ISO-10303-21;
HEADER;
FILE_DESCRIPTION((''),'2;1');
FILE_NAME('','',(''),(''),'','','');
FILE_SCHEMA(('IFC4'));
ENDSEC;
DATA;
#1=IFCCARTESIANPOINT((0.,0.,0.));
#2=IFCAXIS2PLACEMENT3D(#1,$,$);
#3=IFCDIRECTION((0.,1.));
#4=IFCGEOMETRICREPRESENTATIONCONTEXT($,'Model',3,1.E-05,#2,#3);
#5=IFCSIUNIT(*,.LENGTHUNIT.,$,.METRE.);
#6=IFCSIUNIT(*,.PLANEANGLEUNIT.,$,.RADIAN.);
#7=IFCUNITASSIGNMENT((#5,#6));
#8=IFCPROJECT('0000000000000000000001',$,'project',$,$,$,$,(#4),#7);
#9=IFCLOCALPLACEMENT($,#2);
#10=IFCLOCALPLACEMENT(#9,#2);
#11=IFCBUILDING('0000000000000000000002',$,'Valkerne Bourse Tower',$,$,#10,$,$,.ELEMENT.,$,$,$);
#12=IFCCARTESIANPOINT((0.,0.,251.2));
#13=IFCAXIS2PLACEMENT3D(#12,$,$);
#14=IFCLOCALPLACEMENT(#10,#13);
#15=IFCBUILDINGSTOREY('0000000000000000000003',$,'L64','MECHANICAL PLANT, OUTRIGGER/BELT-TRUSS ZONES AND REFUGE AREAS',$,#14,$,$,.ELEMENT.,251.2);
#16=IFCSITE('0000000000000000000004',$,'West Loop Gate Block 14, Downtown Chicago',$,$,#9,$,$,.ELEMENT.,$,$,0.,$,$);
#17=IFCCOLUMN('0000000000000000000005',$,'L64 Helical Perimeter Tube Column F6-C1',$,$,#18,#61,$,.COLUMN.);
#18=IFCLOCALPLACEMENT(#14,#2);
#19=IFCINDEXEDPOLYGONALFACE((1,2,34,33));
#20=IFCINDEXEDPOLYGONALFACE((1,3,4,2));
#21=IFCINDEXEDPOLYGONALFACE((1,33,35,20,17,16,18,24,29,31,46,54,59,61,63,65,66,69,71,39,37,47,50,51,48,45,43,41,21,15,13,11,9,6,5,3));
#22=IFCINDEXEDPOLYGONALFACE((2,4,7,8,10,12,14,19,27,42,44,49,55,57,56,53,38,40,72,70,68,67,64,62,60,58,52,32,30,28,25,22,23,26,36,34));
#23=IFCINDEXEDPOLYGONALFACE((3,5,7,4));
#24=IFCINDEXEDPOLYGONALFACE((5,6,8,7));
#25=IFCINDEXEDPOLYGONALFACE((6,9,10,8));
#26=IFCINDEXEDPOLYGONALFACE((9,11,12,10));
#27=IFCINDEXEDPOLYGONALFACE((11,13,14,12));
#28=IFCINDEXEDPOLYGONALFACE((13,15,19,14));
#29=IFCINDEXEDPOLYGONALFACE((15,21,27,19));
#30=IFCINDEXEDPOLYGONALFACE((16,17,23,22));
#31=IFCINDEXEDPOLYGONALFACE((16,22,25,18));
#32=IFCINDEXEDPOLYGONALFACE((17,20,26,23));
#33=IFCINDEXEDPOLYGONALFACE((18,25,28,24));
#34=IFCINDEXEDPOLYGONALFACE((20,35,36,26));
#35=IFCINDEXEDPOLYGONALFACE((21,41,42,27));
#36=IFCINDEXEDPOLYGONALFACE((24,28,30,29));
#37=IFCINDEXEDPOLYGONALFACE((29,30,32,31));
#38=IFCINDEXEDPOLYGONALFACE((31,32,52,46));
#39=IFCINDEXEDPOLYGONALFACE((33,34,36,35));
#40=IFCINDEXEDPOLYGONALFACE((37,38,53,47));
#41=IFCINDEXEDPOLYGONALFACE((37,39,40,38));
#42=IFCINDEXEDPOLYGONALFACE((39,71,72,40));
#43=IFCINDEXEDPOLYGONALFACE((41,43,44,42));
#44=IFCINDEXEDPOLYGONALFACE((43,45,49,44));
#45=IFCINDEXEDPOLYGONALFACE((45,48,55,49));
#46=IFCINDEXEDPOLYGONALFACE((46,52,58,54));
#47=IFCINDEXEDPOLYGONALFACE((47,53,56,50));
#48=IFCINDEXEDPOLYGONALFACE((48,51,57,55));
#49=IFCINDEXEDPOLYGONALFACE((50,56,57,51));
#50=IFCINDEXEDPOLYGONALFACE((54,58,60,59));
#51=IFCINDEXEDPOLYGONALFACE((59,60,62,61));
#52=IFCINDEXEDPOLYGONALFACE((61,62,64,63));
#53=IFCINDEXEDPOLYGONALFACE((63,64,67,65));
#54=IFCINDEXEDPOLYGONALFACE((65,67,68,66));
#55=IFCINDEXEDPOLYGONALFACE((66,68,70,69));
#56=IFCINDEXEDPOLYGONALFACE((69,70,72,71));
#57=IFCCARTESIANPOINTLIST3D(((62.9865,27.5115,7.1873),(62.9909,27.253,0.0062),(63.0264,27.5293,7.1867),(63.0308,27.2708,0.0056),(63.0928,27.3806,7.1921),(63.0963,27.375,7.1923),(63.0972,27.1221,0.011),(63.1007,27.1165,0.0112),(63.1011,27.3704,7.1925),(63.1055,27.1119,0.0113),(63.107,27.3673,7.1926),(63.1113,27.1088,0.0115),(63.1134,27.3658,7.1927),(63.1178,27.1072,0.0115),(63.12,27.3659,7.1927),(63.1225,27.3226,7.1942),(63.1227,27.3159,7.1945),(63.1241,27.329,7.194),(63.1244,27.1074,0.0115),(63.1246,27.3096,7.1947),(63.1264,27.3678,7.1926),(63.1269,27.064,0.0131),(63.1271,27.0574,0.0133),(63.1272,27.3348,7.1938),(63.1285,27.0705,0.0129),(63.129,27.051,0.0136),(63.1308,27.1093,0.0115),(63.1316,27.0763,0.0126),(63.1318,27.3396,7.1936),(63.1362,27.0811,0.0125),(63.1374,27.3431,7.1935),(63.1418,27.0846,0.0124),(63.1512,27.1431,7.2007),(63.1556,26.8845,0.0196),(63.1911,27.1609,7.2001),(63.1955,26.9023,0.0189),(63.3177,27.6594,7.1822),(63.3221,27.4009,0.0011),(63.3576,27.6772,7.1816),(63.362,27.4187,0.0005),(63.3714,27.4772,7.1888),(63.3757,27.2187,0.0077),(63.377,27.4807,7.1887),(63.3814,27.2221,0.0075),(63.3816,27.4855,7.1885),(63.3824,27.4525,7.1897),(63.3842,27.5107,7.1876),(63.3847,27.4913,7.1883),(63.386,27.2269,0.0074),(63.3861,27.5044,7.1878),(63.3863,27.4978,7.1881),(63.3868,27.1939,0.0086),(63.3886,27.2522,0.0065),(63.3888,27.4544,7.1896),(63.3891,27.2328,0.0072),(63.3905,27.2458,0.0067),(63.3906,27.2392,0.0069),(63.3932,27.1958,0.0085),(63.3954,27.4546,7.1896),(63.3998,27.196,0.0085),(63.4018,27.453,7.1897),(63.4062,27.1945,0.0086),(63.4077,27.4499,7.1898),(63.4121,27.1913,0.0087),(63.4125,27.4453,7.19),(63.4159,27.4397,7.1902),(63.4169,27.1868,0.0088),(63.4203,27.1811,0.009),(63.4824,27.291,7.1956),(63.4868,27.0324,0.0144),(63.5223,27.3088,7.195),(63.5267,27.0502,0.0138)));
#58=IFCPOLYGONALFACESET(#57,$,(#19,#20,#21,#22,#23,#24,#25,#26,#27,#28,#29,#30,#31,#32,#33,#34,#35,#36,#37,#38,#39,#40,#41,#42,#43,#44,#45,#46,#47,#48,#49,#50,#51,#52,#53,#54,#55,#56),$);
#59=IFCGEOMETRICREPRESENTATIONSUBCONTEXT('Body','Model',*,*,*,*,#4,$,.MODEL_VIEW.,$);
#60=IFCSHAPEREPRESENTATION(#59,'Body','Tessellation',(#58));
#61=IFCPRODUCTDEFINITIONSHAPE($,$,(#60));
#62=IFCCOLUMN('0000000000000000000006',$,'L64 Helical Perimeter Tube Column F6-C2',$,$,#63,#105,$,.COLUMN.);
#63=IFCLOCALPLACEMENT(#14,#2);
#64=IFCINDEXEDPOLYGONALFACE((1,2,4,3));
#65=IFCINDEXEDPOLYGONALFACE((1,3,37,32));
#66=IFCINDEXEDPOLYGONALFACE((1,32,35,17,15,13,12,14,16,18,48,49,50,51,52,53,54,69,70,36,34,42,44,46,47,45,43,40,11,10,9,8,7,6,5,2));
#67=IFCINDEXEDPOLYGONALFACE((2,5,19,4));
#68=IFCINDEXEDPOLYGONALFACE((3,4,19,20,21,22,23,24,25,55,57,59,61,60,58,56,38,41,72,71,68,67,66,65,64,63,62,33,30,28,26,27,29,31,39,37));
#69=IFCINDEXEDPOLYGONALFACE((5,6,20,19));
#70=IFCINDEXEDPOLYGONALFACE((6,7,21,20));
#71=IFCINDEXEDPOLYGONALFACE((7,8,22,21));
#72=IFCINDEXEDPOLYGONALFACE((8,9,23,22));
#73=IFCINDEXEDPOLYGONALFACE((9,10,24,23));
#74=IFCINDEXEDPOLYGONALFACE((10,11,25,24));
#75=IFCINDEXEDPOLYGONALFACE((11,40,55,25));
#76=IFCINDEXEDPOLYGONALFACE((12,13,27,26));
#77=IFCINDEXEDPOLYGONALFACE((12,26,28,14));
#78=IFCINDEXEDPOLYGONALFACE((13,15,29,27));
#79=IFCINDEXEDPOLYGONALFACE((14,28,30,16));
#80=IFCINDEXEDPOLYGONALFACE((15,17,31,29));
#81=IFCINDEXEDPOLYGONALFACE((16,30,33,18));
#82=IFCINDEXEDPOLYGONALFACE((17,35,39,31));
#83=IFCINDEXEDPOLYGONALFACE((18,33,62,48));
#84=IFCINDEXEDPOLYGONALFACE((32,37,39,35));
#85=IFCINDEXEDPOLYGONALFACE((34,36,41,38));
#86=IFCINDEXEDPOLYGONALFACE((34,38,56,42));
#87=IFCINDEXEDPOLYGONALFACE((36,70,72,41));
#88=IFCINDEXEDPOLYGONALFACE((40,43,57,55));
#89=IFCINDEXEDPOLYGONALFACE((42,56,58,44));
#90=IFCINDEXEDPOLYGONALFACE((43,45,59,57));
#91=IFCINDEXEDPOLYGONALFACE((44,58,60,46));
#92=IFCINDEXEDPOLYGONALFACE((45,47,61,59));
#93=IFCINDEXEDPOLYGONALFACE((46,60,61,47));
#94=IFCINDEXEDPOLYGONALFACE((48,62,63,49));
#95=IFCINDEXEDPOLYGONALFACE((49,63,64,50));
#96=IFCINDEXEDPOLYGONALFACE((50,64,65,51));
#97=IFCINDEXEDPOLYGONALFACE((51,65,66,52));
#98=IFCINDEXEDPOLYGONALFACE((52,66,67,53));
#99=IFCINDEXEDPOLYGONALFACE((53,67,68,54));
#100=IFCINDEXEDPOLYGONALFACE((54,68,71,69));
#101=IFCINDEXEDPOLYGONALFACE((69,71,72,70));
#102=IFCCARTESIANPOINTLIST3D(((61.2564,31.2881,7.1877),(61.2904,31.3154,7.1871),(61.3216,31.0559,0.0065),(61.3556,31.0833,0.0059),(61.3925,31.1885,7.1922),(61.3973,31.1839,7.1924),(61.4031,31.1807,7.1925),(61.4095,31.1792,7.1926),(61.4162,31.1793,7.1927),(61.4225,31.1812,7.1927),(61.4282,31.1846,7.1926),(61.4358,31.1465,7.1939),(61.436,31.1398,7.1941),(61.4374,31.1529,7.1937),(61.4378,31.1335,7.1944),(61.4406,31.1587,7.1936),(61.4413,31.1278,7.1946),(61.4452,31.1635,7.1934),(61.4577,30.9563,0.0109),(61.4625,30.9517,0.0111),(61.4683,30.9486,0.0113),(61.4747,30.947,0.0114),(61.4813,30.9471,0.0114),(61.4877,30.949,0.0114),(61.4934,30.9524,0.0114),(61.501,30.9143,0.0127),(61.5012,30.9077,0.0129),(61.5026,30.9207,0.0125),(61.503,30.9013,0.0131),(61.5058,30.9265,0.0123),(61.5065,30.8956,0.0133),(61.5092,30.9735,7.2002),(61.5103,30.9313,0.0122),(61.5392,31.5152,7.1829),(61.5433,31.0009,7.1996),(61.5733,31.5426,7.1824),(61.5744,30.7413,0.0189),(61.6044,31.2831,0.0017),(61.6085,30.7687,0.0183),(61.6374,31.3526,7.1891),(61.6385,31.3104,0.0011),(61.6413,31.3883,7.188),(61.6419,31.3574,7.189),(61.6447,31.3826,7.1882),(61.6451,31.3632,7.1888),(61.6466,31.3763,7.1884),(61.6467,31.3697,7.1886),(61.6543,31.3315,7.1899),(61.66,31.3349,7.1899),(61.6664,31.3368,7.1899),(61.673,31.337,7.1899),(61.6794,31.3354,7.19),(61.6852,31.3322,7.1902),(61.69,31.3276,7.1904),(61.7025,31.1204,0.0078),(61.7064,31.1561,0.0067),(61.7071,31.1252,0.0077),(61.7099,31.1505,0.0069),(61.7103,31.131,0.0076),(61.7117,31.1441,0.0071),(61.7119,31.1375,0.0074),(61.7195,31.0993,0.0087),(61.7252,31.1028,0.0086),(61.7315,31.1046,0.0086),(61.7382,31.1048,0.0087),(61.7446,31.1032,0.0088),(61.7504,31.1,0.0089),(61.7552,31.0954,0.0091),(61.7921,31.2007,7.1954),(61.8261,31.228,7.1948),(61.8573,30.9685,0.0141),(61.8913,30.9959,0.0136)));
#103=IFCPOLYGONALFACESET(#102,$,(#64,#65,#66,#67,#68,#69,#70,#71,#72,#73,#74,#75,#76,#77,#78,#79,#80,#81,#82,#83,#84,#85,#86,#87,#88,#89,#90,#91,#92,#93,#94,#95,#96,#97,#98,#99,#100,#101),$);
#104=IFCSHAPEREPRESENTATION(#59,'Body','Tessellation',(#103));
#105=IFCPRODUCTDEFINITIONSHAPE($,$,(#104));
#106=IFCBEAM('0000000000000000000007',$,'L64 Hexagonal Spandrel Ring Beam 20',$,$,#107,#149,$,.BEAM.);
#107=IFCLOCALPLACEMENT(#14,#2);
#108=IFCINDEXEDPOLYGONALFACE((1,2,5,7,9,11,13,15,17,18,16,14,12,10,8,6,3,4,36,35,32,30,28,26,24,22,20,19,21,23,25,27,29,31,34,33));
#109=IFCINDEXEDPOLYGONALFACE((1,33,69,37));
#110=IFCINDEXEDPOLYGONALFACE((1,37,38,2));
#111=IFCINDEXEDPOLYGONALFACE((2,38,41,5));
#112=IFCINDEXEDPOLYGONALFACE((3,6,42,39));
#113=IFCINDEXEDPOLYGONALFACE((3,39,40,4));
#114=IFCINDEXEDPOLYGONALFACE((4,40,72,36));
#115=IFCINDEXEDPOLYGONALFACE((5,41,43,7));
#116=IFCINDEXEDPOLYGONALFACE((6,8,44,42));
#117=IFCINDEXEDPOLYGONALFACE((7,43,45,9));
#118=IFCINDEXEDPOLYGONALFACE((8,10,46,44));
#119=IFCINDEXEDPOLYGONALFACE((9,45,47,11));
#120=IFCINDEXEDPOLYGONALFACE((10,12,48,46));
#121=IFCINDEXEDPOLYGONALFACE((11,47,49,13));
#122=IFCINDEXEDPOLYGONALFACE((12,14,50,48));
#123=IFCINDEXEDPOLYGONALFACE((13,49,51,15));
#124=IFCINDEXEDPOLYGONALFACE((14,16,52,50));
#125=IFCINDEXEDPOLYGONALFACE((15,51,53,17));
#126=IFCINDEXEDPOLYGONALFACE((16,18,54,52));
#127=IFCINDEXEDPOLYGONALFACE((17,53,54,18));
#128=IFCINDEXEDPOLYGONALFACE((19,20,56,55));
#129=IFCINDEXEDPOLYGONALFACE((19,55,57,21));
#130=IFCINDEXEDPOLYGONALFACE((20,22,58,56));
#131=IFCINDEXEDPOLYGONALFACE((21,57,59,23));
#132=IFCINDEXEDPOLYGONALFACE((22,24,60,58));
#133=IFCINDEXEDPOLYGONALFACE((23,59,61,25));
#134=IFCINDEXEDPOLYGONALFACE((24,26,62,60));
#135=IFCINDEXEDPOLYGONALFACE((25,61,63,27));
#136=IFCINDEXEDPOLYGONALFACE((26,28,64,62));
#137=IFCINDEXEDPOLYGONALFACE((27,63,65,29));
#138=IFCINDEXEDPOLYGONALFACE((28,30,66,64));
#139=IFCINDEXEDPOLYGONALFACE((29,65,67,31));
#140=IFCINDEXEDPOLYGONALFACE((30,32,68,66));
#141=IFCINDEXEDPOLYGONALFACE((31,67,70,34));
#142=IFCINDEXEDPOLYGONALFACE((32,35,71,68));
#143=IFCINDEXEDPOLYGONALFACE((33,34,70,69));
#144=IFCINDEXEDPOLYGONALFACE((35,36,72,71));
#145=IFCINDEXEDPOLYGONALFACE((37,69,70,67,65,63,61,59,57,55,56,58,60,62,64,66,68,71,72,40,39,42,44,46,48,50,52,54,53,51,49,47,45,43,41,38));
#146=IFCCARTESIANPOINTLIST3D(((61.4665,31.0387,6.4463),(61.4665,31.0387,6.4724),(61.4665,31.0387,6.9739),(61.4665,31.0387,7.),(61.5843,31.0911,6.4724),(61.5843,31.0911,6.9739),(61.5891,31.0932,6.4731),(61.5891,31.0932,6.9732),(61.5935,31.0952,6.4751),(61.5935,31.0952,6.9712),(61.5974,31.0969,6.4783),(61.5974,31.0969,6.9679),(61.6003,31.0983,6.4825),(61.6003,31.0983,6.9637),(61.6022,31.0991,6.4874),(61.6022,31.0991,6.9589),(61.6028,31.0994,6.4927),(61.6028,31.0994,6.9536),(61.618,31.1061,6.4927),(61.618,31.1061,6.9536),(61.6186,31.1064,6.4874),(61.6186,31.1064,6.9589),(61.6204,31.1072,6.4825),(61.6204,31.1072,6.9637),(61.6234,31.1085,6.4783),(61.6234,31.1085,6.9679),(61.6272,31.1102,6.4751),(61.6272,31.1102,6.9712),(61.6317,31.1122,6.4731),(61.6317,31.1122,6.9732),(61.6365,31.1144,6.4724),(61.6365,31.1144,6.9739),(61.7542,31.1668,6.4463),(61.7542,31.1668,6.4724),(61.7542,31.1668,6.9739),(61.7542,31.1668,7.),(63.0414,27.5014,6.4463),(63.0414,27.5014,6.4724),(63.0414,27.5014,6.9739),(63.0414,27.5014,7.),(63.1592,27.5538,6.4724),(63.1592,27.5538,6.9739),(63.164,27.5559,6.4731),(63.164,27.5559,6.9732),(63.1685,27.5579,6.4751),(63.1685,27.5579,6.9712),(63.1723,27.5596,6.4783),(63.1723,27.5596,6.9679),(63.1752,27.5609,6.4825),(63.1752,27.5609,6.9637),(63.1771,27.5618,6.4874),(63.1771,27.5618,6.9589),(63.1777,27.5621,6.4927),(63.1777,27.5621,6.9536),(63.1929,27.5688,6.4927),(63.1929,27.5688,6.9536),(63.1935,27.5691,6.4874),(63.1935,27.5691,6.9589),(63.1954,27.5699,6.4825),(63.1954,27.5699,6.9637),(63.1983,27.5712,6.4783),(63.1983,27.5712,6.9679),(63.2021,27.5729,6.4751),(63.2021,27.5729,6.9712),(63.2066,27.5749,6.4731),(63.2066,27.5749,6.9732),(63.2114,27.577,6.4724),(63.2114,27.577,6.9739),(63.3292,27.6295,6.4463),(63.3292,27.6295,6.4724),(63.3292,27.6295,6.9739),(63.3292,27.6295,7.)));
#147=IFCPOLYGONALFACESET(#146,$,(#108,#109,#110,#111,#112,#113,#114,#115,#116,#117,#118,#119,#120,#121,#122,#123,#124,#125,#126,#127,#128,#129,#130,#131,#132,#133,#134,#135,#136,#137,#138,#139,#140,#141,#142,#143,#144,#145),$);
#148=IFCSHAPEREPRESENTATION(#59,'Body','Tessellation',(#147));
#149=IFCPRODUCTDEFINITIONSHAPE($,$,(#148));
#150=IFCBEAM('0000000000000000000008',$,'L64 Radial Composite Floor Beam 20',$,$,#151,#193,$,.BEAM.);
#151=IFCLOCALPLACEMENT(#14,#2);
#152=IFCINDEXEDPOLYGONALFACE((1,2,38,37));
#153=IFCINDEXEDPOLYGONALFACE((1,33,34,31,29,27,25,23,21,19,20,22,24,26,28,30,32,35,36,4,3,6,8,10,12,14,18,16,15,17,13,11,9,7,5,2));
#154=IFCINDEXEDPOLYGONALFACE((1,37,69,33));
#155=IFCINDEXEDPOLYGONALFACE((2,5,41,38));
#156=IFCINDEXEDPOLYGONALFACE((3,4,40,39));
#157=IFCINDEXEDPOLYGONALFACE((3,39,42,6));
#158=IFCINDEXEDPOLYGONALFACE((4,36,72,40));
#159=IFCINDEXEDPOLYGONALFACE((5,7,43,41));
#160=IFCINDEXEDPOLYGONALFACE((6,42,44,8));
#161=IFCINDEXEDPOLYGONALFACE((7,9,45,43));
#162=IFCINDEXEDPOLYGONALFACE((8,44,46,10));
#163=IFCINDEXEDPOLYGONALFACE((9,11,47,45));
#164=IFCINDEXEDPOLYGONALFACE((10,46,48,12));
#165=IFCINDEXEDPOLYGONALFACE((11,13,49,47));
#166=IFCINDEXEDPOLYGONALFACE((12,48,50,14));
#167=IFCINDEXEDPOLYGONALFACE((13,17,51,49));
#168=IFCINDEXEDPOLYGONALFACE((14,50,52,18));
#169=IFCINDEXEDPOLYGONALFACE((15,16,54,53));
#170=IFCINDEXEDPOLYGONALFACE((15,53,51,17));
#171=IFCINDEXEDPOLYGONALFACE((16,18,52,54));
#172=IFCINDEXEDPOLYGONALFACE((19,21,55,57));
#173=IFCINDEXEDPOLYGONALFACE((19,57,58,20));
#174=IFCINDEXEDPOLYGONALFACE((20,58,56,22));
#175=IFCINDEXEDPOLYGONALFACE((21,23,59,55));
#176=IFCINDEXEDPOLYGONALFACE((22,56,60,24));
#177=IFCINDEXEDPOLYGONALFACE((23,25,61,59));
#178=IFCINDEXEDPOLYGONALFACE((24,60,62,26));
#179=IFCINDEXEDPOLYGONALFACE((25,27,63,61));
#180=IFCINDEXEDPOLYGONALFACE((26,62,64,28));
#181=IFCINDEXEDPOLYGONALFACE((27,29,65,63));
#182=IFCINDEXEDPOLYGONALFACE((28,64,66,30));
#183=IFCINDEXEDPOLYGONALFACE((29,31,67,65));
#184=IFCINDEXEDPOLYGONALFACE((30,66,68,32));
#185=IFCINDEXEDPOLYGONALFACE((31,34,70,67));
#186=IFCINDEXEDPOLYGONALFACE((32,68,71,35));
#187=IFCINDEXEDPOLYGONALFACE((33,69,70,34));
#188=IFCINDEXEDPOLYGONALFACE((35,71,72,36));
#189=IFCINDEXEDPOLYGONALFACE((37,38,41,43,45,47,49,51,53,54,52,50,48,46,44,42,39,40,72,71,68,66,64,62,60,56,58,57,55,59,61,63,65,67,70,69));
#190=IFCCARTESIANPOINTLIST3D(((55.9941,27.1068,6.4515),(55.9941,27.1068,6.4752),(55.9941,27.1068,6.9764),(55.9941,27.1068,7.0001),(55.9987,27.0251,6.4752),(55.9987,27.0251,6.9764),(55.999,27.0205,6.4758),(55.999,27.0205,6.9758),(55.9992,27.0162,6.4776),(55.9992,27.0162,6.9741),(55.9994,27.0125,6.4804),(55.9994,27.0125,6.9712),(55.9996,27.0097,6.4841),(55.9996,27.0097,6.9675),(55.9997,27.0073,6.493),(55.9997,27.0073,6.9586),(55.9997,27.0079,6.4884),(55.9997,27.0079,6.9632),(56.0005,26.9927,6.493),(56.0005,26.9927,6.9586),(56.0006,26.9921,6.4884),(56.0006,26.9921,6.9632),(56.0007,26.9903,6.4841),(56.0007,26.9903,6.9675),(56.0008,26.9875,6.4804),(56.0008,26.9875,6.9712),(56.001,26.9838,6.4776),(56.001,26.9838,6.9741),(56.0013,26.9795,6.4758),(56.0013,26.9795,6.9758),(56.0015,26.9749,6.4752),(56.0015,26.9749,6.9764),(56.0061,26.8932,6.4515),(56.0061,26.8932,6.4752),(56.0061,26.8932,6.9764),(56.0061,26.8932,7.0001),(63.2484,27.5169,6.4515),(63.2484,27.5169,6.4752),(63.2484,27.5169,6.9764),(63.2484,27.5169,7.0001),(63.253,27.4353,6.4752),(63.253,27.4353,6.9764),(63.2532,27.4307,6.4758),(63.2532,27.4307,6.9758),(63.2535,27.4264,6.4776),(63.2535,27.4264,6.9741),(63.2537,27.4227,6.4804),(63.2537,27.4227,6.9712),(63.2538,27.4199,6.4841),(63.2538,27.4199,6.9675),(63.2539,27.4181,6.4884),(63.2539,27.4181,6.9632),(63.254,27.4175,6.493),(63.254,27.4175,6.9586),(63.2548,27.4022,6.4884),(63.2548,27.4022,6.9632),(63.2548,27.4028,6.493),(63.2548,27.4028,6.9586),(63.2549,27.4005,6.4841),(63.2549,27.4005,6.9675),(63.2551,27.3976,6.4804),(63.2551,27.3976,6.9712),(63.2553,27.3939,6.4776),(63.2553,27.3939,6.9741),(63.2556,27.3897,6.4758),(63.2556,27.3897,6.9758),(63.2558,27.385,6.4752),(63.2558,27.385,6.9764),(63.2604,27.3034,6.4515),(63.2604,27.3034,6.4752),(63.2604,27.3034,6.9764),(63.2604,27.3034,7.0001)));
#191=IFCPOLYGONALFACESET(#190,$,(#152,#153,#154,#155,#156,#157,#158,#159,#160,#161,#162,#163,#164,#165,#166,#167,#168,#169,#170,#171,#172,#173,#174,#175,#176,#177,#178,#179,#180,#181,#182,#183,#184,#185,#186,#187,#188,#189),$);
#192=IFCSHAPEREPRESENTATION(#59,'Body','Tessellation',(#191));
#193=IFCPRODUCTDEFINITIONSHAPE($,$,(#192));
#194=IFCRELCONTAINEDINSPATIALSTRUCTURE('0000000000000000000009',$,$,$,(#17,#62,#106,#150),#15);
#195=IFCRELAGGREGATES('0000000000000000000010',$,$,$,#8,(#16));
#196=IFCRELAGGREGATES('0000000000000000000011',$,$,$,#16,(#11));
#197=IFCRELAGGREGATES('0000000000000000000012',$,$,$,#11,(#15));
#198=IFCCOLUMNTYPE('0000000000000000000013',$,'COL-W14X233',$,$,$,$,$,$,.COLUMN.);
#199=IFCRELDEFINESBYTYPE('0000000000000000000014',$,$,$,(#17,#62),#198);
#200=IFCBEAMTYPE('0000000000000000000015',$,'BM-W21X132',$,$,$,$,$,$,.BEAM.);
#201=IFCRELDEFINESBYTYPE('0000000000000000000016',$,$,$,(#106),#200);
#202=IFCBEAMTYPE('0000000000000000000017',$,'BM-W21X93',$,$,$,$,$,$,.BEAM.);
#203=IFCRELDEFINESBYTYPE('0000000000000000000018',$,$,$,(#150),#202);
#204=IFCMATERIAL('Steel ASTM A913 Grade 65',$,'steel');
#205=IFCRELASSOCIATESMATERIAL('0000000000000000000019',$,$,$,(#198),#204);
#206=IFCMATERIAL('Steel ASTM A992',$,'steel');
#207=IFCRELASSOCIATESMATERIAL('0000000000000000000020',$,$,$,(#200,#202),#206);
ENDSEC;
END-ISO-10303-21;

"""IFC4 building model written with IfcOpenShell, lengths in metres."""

from ifc_helpers import new_model, si_unit, direction, frame, origin, origin_2d, place, context, subcontext, project, spatial, i_section, extrude, material, material_profile, profile_set, type_object, element, save


model = new_model("IFC4")

# Units and contexts
model_context = context("Model", 3, precision=1e-05, world=origin(), true_north=direction((0.0, 1.0)))
body_context = subcontext(model_context, "Body", "Model", "MODEL_VIEW")
ifc_project = project(units=[si_unit("LENGTHUNIT", "METRE"), si_unit("PLANEANGLEUNIT", "RADIAN")], contexts=[model_context])

# Site, building, storey
site_placement = place(None, origin())
site = spatial("IfcSite", under=ifc_project, at=site_placement, Name="West Loop Gate Block 14, Downtown Chicago", CompositionType="ELEMENT", RefElevation=0.0)
building_placement = place(site_placement, origin())
building = spatial("IfcBuilding", under=site, at=building_placement, Name="Valkerne Bourse Tower", CompositionType="ELEMENT")
storey_placement = place(building_placement, frame((0.0, 0.0, 251.2)))
storey = spatial("IfcBuildingStorey", under=building, at=storey_placement, Name="L64", Description="MECHANICAL PLANT, OUTRIGGER/BELT-TRUSS ZONES AND REFUGE AREAS", CompositionType="ELEMENT", Elevation=251.2)

# Columns
ifc_material_1 = material(Name="Steel ASTM A913 Grade 65", Category="steel")
ifc_material_profile_1 = material_profile(ifc_material_1, i_section(OverallWidth=0.4038, OverallDepth=0.4065, WebThickness=0.0271, FlangeThickness=0.0437, FilletRadius=0.0254, at=origin_2d()), Name="W14X233")
ifc_profile_set_1 = profile_set([ifc_material_profile_1], Name="Steel ASTM A913 Grade 65")
column_type = type_object("IfcColumnType", Name="COL-W14X233", PredefinedType="COLUMN", material=ifc_profile_set_1)
column_1_placement = place(storey_placement, frame((63.2588, 27.1516, 0.01), z_axis=(-0.000612, 0.03598, 0.999352), x_axis=(0.407902, -0.912425, 0.0331)))
element("IfcColumn", 1, at=column_1_placement, inside=storey, type_object=column_type, Name="L64 Helical Perimeter Tube Column F6-C1", PredefinedType="COLUMN", context=body_context, shape_type="SweptSolid", body=[
    extrude(i_section(OverallWidth=0.4038, OverallDepth=0.4065, WebThickness=0.0271, FlangeThickness=0.0437, FilletRadius=0.0254, at=origin_2d()), origin(), (0.0, 0.0, 1.0), 7.1858),
])
column_2_placement = place(storey_placement, frame((61.6064, 31.0259, 0.01), z_axis=(-0.009072, 0.032313, 0.999437), x_axis=(0.626225, -0.779031, 0.030872)))
element("IfcColumn", 2, at=column_2_placement, inside=storey, type_object=column_type, Name="L64 Helical Perimeter Tube Column F6-C2", PredefinedType="COLUMN", context=body_context, shape_type="SweptSolid", body=[
    extrude(i_section(OverallWidth=0.4038, OverallDepth=0.4065, WebThickness=0.0271, FlangeThickness=0.0437, FilletRadius=0.0254, at=origin_2d()), origin(), (0.0, 0.0, 1.0), 7.1853),
])

# Beams
ifc_material_2 = material(Name="Steel ASTM A992", Category="steel")
ifc_material_profile_2 = material_profile(ifc_material_2, i_section(OverallWidth=0.3149, OverallDepth=0.5537, WebThickness=0.0166, FlangeThickness=0.0261, FilletRadius=0.0203, at=origin_2d()), Name="W21X132")
ifc_profile_set_2 = profile_set([ifc_material_profile_2], Name="Steel ASTM A992")
beam_type_1 = type_object("IfcBeamType", Name="BM-W21X132", PredefinedType="BEAM", material=ifc_profile_set_2)
beam_1_placement = place(storey_placement, frame((63.1853, 27.5654, 6.7231), z_axis=(-0.406741, 0.913544, 0.0), x_axis=(-0.913544, -0.406741, 0.0)))
element("IfcBeam", 3, at=beam_1_placement, inside=storey, type_object=beam_type_1, Name="L64 Hexagonal Spandrel Ring Beam 20", PredefinedType="BEAM", context=body_context, shape_type="SweptSolid", body=[
    extrude(i_section(OverallWidth=0.3149, OverallDepth=0.5537, WebThickness=0.0166, FlangeThickness=0.0261, FilletRadius=0.0203, at=origin_2d()), origin(), (0.0, 0.0, 1.0), 3.8721),
])
ifc_material_profile_3 = material_profile(ifc_material_2, i_section(OverallWidth=0.2139, OverallDepth=0.5486, WebThickness=0.0146, FlangeThickness=0.0237, FilletRadius=0.0178, at=origin_2d()), Name="W21X93")
ifc_profile_set_3 = profile_set([ifc_material_profile_3], Name="Steel ASTM A992")
beam_type_2 = type_object("IfcBeamType", Name="BM-W21X93", PredefinedType="BEAM", material=ifc_profile_set_3)
beam_2_placement = place(storey_placement, frame((63.2544, 27.4102, 6.7258), z_axis=(-0.998405, -0.056449, 0.0), x_axis=(0.056449, -0.998405, 0.0)))
element("IfcBeam", 4, at=beam_2_placement, inside=storey, type_object=beam_type_2, Name="L64 Radial Composite Floor Beam 20", PredefinedType="BEAM", context=body_context, shape_type="SweptSolid", body=[
    extrude(i_section(OverallWidth=0.2139, OverallDepth=0.5486, WebThickness=0.0146, FlangeThickness=0.0237, FilletRadius=0.0178, at=origin_2d()), origin(), (0.0, 0.0, 1.0), 7.2659),
])

save(model, "model.ifc")
